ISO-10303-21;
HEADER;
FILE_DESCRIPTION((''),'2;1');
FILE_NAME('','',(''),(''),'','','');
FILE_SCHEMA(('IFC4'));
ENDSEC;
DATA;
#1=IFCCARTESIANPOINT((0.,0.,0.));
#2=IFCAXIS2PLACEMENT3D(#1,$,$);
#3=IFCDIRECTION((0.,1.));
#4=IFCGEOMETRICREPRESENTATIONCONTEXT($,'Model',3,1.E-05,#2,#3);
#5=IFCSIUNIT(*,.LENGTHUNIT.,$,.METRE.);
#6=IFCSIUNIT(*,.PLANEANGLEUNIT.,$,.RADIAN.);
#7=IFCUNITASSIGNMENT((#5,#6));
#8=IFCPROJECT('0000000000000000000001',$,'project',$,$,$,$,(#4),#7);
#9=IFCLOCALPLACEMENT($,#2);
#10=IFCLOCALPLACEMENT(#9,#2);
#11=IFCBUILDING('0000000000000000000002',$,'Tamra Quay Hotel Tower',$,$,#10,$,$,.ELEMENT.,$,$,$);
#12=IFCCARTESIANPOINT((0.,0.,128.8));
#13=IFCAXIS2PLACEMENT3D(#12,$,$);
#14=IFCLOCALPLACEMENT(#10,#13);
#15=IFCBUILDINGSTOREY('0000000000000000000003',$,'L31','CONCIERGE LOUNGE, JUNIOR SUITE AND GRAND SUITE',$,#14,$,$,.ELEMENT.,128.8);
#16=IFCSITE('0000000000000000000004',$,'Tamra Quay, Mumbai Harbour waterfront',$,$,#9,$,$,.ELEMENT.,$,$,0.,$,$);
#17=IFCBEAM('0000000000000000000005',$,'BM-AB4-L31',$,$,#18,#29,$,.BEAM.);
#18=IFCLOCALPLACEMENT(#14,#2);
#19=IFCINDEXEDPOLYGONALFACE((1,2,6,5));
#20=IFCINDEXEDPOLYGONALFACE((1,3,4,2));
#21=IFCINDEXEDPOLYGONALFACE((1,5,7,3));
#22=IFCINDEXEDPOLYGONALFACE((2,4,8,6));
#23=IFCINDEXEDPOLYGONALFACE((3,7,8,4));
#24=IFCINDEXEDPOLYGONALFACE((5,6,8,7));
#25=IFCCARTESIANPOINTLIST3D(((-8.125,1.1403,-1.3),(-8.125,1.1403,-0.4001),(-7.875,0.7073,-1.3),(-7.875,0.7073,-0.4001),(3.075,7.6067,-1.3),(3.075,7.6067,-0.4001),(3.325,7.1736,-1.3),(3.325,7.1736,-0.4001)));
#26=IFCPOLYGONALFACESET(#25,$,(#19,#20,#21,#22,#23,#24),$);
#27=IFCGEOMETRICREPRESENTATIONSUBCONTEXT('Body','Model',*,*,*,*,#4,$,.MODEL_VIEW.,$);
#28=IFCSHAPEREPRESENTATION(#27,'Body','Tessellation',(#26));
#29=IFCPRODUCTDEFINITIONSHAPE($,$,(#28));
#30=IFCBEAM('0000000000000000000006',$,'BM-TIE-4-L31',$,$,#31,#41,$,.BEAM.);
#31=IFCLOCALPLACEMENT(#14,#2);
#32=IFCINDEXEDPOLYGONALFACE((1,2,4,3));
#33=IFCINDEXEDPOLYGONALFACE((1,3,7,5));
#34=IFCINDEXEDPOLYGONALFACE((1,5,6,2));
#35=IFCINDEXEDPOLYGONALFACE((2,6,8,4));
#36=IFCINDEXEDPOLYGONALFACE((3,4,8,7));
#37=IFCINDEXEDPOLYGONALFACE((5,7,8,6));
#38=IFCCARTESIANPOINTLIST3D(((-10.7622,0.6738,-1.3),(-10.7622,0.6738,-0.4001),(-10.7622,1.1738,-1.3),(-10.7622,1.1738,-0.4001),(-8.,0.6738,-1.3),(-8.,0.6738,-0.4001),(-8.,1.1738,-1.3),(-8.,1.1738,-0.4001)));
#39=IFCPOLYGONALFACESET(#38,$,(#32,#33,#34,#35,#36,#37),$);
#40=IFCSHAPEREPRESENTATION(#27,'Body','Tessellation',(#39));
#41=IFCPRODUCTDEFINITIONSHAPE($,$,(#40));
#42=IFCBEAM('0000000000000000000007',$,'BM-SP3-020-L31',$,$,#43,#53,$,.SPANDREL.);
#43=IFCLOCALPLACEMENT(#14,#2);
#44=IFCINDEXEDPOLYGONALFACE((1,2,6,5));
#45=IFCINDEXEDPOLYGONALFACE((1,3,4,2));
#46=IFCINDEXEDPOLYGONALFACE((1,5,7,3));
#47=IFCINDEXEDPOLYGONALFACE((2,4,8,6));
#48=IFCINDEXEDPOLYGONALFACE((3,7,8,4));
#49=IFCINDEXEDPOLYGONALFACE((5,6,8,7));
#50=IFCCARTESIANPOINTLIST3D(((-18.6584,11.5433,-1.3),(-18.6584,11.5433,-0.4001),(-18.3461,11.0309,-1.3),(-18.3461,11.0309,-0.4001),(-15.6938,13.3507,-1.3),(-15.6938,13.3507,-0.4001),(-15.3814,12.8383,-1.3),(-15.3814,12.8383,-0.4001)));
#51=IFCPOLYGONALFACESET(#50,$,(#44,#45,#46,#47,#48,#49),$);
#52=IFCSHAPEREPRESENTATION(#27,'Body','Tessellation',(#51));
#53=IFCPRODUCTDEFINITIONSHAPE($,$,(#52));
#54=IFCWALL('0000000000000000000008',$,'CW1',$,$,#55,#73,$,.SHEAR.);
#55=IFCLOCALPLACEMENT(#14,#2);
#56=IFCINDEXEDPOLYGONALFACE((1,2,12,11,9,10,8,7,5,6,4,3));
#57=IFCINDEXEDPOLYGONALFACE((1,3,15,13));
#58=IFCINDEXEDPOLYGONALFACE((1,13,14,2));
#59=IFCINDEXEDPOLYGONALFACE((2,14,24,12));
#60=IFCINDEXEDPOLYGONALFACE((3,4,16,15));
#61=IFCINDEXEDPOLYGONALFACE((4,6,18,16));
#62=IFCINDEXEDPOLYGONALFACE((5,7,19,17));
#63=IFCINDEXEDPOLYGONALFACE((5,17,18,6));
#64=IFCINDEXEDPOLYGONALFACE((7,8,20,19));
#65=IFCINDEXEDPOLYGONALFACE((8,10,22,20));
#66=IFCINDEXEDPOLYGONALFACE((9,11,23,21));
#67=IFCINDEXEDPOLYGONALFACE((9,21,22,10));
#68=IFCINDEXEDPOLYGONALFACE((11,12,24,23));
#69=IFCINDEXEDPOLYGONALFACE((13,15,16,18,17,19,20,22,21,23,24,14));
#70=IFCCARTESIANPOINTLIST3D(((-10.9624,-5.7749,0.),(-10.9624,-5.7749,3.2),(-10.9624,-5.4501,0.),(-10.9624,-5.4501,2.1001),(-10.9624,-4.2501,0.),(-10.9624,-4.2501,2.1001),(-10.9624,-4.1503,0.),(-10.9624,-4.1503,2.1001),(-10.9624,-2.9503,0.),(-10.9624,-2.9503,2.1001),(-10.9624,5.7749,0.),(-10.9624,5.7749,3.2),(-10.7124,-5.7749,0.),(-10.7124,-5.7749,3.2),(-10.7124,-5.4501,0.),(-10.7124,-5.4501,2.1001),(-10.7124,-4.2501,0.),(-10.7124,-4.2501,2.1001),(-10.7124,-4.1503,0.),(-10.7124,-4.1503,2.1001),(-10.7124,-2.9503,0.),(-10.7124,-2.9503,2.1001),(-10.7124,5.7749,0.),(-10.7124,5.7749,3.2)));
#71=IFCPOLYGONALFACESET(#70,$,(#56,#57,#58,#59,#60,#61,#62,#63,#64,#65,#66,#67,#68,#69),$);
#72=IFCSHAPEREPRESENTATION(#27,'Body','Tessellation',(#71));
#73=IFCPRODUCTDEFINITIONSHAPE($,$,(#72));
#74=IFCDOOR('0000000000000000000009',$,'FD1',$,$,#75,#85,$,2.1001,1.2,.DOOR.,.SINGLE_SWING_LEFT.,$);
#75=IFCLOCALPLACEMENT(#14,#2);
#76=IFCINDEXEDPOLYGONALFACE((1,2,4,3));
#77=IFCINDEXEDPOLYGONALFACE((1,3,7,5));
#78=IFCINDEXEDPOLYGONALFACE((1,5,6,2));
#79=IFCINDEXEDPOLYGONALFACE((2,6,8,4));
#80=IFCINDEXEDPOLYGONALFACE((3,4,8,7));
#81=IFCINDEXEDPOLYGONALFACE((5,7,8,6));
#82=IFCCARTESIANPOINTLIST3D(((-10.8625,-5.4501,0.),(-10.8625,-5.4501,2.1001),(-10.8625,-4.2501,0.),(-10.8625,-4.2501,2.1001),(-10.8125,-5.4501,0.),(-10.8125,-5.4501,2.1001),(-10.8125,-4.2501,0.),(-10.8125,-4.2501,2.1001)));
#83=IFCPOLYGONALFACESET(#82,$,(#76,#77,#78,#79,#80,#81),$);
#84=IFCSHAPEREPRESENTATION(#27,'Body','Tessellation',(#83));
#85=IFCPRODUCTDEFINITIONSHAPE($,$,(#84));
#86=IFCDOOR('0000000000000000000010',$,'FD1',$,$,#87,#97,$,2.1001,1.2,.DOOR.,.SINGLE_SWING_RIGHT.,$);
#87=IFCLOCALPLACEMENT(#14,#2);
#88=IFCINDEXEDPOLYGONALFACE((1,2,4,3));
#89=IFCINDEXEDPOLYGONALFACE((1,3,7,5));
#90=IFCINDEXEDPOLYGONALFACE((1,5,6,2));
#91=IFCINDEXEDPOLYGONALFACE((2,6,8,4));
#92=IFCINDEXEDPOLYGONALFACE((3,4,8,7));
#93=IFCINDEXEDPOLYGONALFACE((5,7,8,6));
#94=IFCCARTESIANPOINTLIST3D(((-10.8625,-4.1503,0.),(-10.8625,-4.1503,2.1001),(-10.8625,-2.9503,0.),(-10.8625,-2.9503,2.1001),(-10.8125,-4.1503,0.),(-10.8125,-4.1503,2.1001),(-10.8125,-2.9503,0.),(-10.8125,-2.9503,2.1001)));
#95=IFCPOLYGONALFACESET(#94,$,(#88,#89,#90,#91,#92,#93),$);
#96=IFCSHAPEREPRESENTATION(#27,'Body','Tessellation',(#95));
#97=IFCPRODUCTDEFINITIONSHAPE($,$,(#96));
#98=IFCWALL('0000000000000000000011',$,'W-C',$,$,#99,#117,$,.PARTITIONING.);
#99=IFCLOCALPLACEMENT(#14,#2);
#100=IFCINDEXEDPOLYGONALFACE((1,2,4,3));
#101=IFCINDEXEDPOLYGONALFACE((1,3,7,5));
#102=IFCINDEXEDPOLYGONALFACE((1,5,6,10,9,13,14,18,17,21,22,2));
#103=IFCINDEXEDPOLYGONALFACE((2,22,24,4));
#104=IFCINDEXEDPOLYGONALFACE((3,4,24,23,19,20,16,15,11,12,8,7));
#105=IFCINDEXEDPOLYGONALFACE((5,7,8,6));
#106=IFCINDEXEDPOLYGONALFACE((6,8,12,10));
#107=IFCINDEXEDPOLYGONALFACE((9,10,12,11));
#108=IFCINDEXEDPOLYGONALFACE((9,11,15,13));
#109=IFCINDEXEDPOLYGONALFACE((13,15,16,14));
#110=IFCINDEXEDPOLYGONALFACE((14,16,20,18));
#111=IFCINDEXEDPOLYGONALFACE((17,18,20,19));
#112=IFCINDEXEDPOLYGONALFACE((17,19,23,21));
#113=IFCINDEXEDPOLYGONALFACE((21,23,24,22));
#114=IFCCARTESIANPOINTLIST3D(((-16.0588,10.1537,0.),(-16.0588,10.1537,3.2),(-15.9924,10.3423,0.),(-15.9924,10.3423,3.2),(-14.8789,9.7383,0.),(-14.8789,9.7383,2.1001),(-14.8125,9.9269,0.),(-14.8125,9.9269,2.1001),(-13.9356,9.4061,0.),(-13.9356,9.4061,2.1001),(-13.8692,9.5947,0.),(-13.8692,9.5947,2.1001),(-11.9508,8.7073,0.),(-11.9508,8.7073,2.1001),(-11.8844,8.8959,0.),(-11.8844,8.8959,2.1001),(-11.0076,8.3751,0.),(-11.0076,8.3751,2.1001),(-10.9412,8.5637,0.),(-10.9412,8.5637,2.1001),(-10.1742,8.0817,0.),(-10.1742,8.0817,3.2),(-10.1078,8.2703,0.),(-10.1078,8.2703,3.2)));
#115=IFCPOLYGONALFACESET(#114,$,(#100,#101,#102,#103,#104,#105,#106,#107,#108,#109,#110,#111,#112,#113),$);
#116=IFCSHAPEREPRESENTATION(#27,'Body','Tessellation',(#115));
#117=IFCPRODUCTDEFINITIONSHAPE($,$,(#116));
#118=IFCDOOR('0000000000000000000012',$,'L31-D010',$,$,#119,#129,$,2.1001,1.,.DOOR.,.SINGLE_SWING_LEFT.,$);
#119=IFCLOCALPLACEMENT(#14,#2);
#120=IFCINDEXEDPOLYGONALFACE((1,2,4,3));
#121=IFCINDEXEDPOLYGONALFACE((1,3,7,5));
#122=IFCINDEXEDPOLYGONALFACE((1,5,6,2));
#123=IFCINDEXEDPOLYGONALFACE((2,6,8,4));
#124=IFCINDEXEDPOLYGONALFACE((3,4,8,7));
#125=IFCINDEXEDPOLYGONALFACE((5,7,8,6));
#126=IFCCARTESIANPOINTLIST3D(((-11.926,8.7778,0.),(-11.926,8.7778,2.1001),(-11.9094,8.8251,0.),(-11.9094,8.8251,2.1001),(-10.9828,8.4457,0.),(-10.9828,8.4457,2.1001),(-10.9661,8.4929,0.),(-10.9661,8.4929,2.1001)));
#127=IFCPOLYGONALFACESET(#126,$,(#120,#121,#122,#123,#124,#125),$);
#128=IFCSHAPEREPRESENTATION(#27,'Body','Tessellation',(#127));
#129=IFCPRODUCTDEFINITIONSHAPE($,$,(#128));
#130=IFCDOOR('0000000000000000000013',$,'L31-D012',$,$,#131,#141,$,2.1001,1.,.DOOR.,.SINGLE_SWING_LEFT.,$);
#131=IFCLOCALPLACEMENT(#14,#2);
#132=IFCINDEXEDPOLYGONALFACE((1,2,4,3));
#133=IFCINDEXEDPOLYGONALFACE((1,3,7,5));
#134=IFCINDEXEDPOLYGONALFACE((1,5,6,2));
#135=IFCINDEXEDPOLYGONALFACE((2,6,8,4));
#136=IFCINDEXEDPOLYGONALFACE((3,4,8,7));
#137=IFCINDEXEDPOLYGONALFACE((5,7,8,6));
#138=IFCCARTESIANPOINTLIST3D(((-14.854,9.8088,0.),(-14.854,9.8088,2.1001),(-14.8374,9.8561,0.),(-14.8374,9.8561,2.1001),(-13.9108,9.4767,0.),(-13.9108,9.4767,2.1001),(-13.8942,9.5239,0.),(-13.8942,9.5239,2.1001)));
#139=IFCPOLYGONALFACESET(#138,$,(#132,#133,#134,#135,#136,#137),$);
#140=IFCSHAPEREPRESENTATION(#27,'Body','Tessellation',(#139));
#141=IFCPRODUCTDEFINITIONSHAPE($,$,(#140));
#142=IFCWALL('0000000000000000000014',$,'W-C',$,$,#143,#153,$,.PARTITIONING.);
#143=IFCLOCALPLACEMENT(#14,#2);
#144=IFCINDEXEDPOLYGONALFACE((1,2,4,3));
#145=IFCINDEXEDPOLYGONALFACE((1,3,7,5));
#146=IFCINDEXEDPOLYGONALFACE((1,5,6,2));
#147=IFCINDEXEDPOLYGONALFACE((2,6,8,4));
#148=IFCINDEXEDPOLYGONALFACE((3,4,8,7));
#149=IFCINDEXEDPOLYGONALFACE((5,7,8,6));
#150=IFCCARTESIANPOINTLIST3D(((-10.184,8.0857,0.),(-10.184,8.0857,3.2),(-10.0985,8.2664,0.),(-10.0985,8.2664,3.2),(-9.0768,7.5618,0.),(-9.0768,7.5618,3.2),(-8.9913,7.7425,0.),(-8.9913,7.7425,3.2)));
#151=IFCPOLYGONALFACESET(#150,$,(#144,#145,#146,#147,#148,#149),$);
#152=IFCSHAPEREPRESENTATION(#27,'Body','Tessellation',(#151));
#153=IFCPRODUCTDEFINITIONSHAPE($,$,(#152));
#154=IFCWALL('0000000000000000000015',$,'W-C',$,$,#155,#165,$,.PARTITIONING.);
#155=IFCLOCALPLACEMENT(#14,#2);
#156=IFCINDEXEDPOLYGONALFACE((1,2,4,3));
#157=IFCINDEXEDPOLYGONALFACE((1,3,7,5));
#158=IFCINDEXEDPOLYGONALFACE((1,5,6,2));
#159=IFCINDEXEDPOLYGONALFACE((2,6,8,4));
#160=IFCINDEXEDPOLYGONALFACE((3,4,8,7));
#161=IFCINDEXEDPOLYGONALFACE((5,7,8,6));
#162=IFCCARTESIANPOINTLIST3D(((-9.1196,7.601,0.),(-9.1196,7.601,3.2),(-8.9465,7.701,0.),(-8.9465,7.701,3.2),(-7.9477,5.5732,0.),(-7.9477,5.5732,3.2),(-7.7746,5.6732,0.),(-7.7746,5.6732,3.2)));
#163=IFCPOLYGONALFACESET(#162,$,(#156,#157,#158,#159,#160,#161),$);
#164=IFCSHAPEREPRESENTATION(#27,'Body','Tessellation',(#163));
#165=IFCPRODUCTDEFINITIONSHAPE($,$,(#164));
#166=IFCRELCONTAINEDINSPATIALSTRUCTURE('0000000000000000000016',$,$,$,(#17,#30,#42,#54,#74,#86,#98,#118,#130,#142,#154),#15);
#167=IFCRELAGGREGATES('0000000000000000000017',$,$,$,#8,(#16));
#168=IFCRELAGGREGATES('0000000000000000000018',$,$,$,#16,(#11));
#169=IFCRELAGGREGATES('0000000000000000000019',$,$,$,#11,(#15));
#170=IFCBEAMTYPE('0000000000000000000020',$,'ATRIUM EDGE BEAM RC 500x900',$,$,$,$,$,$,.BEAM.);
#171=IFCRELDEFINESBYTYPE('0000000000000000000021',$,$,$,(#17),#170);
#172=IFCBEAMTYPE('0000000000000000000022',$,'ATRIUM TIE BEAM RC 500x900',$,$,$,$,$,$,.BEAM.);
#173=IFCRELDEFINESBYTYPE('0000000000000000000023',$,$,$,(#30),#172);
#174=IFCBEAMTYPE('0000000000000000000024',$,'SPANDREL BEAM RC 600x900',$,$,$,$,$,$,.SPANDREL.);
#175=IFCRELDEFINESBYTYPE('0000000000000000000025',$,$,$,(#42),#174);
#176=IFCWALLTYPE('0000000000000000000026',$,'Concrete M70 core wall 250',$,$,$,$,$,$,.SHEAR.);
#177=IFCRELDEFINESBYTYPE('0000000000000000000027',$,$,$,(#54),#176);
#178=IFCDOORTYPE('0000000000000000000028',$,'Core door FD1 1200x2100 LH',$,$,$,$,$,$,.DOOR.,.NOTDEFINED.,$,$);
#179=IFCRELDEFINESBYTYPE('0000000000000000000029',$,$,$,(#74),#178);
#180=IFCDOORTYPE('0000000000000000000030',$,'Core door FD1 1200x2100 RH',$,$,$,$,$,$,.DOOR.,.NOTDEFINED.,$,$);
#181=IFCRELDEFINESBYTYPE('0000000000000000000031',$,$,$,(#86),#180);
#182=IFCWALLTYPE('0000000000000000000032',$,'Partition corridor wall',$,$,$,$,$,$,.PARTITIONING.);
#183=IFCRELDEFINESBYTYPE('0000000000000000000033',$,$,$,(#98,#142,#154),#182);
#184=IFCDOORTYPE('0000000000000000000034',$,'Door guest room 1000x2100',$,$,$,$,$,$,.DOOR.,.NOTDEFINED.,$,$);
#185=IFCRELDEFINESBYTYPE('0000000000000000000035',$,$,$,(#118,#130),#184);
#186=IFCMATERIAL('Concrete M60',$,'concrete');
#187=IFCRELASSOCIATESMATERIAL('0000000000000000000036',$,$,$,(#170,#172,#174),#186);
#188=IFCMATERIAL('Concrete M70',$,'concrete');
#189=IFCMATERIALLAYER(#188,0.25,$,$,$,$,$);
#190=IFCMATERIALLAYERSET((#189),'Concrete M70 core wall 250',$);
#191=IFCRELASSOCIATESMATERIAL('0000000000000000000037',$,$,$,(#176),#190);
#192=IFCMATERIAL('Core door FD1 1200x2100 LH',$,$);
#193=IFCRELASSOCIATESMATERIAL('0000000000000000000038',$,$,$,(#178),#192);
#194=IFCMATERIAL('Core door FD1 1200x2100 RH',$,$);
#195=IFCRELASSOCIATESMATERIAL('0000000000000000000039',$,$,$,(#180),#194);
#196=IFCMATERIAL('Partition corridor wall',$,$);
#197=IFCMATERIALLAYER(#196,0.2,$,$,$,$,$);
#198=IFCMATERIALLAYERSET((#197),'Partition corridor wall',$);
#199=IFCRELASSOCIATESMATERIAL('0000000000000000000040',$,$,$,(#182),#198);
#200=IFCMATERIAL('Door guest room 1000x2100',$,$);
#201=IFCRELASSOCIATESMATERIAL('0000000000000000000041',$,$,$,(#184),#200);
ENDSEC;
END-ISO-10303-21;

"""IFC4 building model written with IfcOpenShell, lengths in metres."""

from ifc_helpers import new_model, si_unit, direction, frame, frame_2d, origin, origin_2d, place, context, subcontext, project, spatial, rectangle, extrude, material, layer, layer_set, material_profile, profile_set, type_object, element, fill, save


model = new_model("IFC4")

# Units and contexts
model_context = context("Model", 3, precision=1e-05, world=origin(), true_north=direction((0.0, 1.0)))
body_context = subcontext(model_context, "Body", "Model", "MODEL_VIEW")
ifc_project = project(units=[si_unit("LENGTHUNIT", "METRE"), si_unit("PLANEANGLEUNIT", "RADIAN")], contexts=[model_context])

# Site, building, storey
site_placement = place(None, origin())
site = spatial("IfcSite", under=ifc_project, at=site_placement, Name="Tamra Quay, Mumbai Harbour waterfront", CompositionType="ELEMENT", RefElevation=0.0)
building_placement = place(site_placement, origin())
building = spatial("IfcBuilding", under=site, at=building_placement, Name="Tamra Quay Hotel Tower", CompositionType="ELEMENT")
storey_placement = place(building_placement, frame((0.0, 0.0, 128.8)))
storey = spatial("IfcBuildingStorey", under=building, at=storey_placement, Name="L31", Description="CONCIERGE LOUNGE, JUNIOR SUITE AND GRAND SUITE", CompositionType="ELEMENT", Elevation=128.8)

# Beams
ifc_material_1 = material(Name="Concrete M60", Category="concrete")
ifc_material_profile_1 = material_profile(ifc_material_1, rectangle(XDim=0.5, YDim=0.8999, at=origin_2d()), Name="ATRIUM EDGE BEAM RC 500x900")
ifc_profile_set_1 = profile_set([ifc_material_profile_1], Name="Concrete M60")
beam_type_1 = type_object("IfcBeamType", Name="ATRIUM EDGE BEAM RC 500x900", PredefinedType="BEAM", material=ifc_profile_set_1)
beam_1_placement = place(storey_placement, frame((-8.0, 0.9238, -0.8501), z_axis=(0.866025, 0.500001, 0.0), x_axis=(-0.500001, 0.866025, 0.0)))
element("IfcBeam", 1, at=beam_1_placement, inside=storey, type_object=beam_type_1, Name="BM-AB4-L31", PredefinedType="BEAM", context=body_context, shape_type="SweptSolid", body=[
    extrude(rectangle(XDim=0.5, YDim=0.8999, at=origin_2d()), origin(), (0.0, 0.0, 1.0), 12.9326),
])
ifc_material_profile_2 = material_profile(ifc_material_1, rectangle(XDim=0.5, YDim=0.8999, at=origin_2d()), Name="ATRIUM TIE BEAM RC 500x900")
ifc_profile_set_2 = profile_set([ifc_material_profile_2], Name="Concrete M60")
beam_type_2 = type_object("IfcBeamType", Name="ATRIUM TIE BEAM RC 500x900", PredefinedType="BEAM", material=ifc_profile_set_2)
beam_2_placement = place(storey_placement, frame((-8.0, 0.9238, -0.8501), z_axis=(-1.0, 0.0, 0.0), x_axis=(0.0, -1.0, 0.0)))
element("IfcBeam", 2, at=beam_2_placement, inside=storey, type_object=beam_type_2, Name="BM-TIE-4-L31", PredefinedType="BEAM", context=body_context, shape_type="SweptSolid", body=[
    extrude(rectangle(XDim=0.5, YDim=0.8999, at=origin_2d()), origin(), (0.0, 0.0, 1.0), 2.7622),
])
ifc_material_profile_3 = material_profile(ifc_material_1, rectangle(XDim=0.6001, YDim=0.8999, at=origin_2d()), Name="SPANDREL BEAM RC 600x900")
ifc_profile_set_3 = profile_set([ifc_material_profile_3], Name="Concrete M60")
beam_type_3 = type_object("IfcBeamType", Name="SPANDREL BEAM RC 600x900", PredefinedType="SPANDREL", material=ifc_profile_set_3)
beam_3_placement = place(storey_placement, frame((-15.5376, 13.0945, -0.8501), z_axis=(-0.853836, -0.520542, 0.0), x_axis=(0.520542, -0.853836, 0.0)))
element("IfcBeam", 3, at=beam_3_placement, inside=storey, type_object=beam_type_3, Name="BM-SP3-020-L31", PredefinedType="SPANDREL", context=body_context, shape_type="SweptSolid", body=[
    extrude(rectangle(XDim=0.6001, YDim=0.8999, at=origin_2d()), origin(), (0.0, 0.0, 1.0), 3.4722),
])

# Walls, openings, doors
ifc_material_2 = material(Name="Concrete M70", Category="concrete")
ifc_layer_1 = layer(ifc_material_2, 0.25)
ifc_layer_set_1 = layer_set([ifc_layer_1], Name="Concrete M70 core wall 250")
wall_type_1 = type_object("IfcWallType", Name="Concrete M70 core wall 250", PredefinedType="SHEAR", material=ifc_layer_set_1)
wall_1_placement = place(storey_placement, frame((-10.8374, 5.7749, 0.0), z_axis=(0.0, 0.0, 1.0), x_axis=(0.0, -1.0, 0.0)))
wall_1 = element("IfcWall", 4, at=wall_1_placement, inside=storey, type_object=wall_type_1, Name="CW1", PredefinedType="SHEAR", context=body_context, shape_type="SweptSolid", body=[
    extrude(rectangle(XDim=11.5498, YDim=0.25, at=frame_2d((5.7749, 0.0))), origin(), (0.0, 0.0, 1.0), 3.2),
])
opening_1_placement = place(wall_1_placement, frame((10.0249, 0.0, 0.0)))
opening_1 = element("IfcOpeningElement", 5, at=opening_1_placement, cuts=wall_1, PredefinedType="OPENING", context=body_context, shape_type="SweptSolid", body=[
    extrude(rectangle(XDim=1.2, YDim=2.1001, at=frame_2d((0.6001, 1.05))), frame((0.0, 0.135, 0.0), z_axis=(0.0, -1.0, 0.0), x_axis=(1.0, 0.0, 0.0)), (0.0, 0.0, 1.0), 0.27),
])
opening_2_placement = place(wall_1_placement, frame((8.7251, 0.0, 0.0)))
opening_2 = element("IfcOpeningElement", 6, at=opening_2_placement, cuts=wall_1, PredefinedType="OPENING", context=body_context, shape_type="SweptSolid", body=[
    extrude(rectangle(XDim=1.2, YDim=2.1001, at=frame_2d((0.6001, 1.05))), frame((0.0, 0.135, 0.0), z_axis=(0.0, -1.0, 0.0), x_axis=(1.0, 0.0, 0.0)), (0.0, 0.0, 1.0), 0.27),
])
ifc_material_3 = material(Name="Core door FD1 1200x2100 LH")
door_type_1 = type_object("IfcDoorType", Name="Core door FD1 1200x2100 LH", OperationType="NOTDEFINED", PredefinedType="DOOR", material=ifc_material_3)
door_1_placement = place(opening_1_placement, origin())
door_1 = element("IfcDoor", 7, at=door_1_placement, inside=storey, type_object=door_type_1, Name="FD1", OperationType="SINGLE_SWING_LEFT", OverallHeight=2.1001, OverallWidth=1.2, PredefinedType="DOOR", context=body_context, shape_type="SweptSolid", body=[
    extrude(rectangle(XDim=1.2, YDim=2.1001, at=frame_2d((0.6001, 1.05))), frame((0.0, 0.0249, 0.0), z_axis=(0.0, -1.0, 0.0), x_axis=(1.0, 0.0, 0.0)), (0.0, 0.0, 1.0), 0.05),
])
fill(opening_1, door_1)
ifc_material_4 = material(Name="Core door FD1 1200x2100 RH")
door_type_2 = type_object("IfcDoorType", Name="Core door FD1 1200x2100 RH", OperationType="NOTDEFINED", PredefinedType="DOOR", material=ifc_material_4)
door_2_placement = place(opening_2_placement, origin())
door_2 = element("IfcDoor", 8, at=door_2_placement, inside=storey, type_object=door_type_2, Name="FD1", OperationType="SINGLE_SWING_RIGHT", OverallHeight=2.1001, OverallWidth=1.2, PredefinedType="DOOR", context=body_context, shape_type="SweptSolid", body=[
    extrude(rectangle(XDim=1.2, YDim=2.1001, at=frame_2d((0.6001, 1.05))), frame((0.0, 0.0249, 0.0), z_axis=(0.0, -1.0, 0.0), x_axis=(1.0, 0.0, 0.0)), (0.0, 0.0, 1.0), 0.05),
])
fill(opening_2, door_2)
ifc_material_5 = material(Name="Partition corridor wall")
ifc_layer_2 = layer(ifc_material_5, 0.2)
ifc_layer_set_2 = layer_set([ifc_layer_2], Name="Partition corridor wall")
wall_type_2 = type_object("IfcWallType", Name="Partition corridor wall", PredefinedType="PARTITIONING", material=ifc_layer_set_2)
wall_2_placement = place(storey_placement, frame((-16.0256, 10.248, 0.0), z_axis=(0.0, 0.0, 1.0), x_axis=(0.943235, -0.332126, 0.0)))
wall_2 = element("IfcWall", 9, at=wall_2_placement, inside=storey, type_object=wall_type_2, Name="W-C", PredefinedType="PARTITIONING", context=body_context, shape_type="SweptSolid", body=[
    extrude(rectangle(XDim=6.2388, YDim=0.2, at=frame_2d((3.1194, 0.0))), origin(), (0.0, 0.0, 1.0), 3.2),
])
opening_3_placement = place(wall_2_placement, frame((4.3552, 0.0, 0.0)))
opening_3 = element("IfcOpeningElement", 10, at=opening_3_placement, cuts=wall_2, PredefinedType="OPENING", context=body_context, shape_type="SweptSolid", body=[
    extrude(rectangle(XDim=1.0, YDim=2.1001, at=frame_2d((0.5, 1.05))), frame((0.0, 0.1099, 0.0), z_axis=(0.0, -1.0, 0.0), x_axis=(1.0, 0.0, 0.0)), (0.0, 0.0, 1.0), 0.22),
])
opening_4_placement = place(wall_2_placement, frame((1.251, 0.0, 0.0)))
opening_4 = element("IfcOpeningElement", 11, at=opening_4_placement, cuts=wall_2, PredefinedType="OPENING", context=body_context, shape_type="SweptSolid", body=[
    extrude(rectangle(XDim=1.0, YDim=2.1001, at=frame_2d((0.5, 1.05))), frame((0.0, 0.1099, 0.0), z_axis=(0.0, -1.0, 0.0), x_axis=(1.0, 0.0, 0.0)), (0.0, 0.0, 1.0), 0.22),
])
ifc_material_6 = material(Name="Door guest room 1000x2100")
door_type_3 = type_object("IfcDoorType", Name="Door guest room 1000x2100", OperationType="NOTDEFINED", PredefinedType="DOOR", material=ifc_material_6)
door_3_placement = place(opening_3_placement, origin())
door_3 = element("IfcDoor", 12, at=door_3_placement, inside=storey, type_object=door_type_3, Name="L31-D010", OperationType="SINGLE_SWING_LEFT", OverallHeight=2.1001, OverallWidth=1.0, PredefinedType="DOOR", context=body_context, shape_type="SweptSolid", body=[
    extrude(rectangle(XDim=1.0, YDim=2.1001, at=frame_2d((0.5, 1.05))), frame((0.0, 0.0249, 0.0), z_axis=(0.0, -1.0, 0.0), x_axis=(1.0, 0.0, 0.0)), (0.0, 0.0, 1.0), 0.05),
])
fill(opening_3, door_3)
door_4_placement = place(opening_4_placement, origin())
door_4 = element("IfcDoor", 13, at=door_4_placement, inside=storey, type_object=door_type_3, Name="L31-D012", OperationType="SINGLE_SWING_LEFT", OverallHeight=2.1001, OverallWidth=1.0, PredefinedType="DOOR", context=body_context, shape_type="SweptSolid", body=[
    extrude(rectangle(XDim=1.0, YDim=2.1001, at=frame_2d((0.5, 1.05))), frame((0.0, 0.0249, 0.0), z_axis=(0.0, -1.0, 0.0), x_axis=(1.0, 0.0, 0.0)), (0.0, 0.0, 1.0), 0.05),
])
fill(opening_4, door_4)

# Walls
wall_3_placement = place(storey_placement, frame((-10.1411, 8.176, 0.0), z_axis=(0.0, 0.0, 1.0), x_axis=(0.903904, -0.427735, 0.0)))
element("IfcWall", 14, at=wall_3_placement, inside=storey, type_object=wall_type_2, Name="W-C", PredefinedType="PARTITIONING", context=body_context, shape_type="SweptSolid", body=[
    extrude(rectangle(XDim=1.2249, YDim=0.2, at=frame_2d((0.6123, 0.0))), origin(), (0.0, 0.0, 1.0), 3.2),
])
wall_4_placement = place(storey_placement, frame((-9.033, 7.6509, 0.0), z_axis=(0.0, 0.0, 1.0), x_axis=(0.500354, -0.865821, 0.0)))
element("IfcWall", 15, at=wall_4_placement, inside=storey, type_object=wall_type_2, Name="W-C", PredefinedType="PARTITIONING", context=body_context, shape_type="SweptSolid", body=[
    extrude(rectangle(XDim=2.342, YDim=0.2, at=frame_2d((1.1709, 0.0))), origin(), (0.0, 0.0, 1.0), 3.2),
])

save(model, "model.ifc")
